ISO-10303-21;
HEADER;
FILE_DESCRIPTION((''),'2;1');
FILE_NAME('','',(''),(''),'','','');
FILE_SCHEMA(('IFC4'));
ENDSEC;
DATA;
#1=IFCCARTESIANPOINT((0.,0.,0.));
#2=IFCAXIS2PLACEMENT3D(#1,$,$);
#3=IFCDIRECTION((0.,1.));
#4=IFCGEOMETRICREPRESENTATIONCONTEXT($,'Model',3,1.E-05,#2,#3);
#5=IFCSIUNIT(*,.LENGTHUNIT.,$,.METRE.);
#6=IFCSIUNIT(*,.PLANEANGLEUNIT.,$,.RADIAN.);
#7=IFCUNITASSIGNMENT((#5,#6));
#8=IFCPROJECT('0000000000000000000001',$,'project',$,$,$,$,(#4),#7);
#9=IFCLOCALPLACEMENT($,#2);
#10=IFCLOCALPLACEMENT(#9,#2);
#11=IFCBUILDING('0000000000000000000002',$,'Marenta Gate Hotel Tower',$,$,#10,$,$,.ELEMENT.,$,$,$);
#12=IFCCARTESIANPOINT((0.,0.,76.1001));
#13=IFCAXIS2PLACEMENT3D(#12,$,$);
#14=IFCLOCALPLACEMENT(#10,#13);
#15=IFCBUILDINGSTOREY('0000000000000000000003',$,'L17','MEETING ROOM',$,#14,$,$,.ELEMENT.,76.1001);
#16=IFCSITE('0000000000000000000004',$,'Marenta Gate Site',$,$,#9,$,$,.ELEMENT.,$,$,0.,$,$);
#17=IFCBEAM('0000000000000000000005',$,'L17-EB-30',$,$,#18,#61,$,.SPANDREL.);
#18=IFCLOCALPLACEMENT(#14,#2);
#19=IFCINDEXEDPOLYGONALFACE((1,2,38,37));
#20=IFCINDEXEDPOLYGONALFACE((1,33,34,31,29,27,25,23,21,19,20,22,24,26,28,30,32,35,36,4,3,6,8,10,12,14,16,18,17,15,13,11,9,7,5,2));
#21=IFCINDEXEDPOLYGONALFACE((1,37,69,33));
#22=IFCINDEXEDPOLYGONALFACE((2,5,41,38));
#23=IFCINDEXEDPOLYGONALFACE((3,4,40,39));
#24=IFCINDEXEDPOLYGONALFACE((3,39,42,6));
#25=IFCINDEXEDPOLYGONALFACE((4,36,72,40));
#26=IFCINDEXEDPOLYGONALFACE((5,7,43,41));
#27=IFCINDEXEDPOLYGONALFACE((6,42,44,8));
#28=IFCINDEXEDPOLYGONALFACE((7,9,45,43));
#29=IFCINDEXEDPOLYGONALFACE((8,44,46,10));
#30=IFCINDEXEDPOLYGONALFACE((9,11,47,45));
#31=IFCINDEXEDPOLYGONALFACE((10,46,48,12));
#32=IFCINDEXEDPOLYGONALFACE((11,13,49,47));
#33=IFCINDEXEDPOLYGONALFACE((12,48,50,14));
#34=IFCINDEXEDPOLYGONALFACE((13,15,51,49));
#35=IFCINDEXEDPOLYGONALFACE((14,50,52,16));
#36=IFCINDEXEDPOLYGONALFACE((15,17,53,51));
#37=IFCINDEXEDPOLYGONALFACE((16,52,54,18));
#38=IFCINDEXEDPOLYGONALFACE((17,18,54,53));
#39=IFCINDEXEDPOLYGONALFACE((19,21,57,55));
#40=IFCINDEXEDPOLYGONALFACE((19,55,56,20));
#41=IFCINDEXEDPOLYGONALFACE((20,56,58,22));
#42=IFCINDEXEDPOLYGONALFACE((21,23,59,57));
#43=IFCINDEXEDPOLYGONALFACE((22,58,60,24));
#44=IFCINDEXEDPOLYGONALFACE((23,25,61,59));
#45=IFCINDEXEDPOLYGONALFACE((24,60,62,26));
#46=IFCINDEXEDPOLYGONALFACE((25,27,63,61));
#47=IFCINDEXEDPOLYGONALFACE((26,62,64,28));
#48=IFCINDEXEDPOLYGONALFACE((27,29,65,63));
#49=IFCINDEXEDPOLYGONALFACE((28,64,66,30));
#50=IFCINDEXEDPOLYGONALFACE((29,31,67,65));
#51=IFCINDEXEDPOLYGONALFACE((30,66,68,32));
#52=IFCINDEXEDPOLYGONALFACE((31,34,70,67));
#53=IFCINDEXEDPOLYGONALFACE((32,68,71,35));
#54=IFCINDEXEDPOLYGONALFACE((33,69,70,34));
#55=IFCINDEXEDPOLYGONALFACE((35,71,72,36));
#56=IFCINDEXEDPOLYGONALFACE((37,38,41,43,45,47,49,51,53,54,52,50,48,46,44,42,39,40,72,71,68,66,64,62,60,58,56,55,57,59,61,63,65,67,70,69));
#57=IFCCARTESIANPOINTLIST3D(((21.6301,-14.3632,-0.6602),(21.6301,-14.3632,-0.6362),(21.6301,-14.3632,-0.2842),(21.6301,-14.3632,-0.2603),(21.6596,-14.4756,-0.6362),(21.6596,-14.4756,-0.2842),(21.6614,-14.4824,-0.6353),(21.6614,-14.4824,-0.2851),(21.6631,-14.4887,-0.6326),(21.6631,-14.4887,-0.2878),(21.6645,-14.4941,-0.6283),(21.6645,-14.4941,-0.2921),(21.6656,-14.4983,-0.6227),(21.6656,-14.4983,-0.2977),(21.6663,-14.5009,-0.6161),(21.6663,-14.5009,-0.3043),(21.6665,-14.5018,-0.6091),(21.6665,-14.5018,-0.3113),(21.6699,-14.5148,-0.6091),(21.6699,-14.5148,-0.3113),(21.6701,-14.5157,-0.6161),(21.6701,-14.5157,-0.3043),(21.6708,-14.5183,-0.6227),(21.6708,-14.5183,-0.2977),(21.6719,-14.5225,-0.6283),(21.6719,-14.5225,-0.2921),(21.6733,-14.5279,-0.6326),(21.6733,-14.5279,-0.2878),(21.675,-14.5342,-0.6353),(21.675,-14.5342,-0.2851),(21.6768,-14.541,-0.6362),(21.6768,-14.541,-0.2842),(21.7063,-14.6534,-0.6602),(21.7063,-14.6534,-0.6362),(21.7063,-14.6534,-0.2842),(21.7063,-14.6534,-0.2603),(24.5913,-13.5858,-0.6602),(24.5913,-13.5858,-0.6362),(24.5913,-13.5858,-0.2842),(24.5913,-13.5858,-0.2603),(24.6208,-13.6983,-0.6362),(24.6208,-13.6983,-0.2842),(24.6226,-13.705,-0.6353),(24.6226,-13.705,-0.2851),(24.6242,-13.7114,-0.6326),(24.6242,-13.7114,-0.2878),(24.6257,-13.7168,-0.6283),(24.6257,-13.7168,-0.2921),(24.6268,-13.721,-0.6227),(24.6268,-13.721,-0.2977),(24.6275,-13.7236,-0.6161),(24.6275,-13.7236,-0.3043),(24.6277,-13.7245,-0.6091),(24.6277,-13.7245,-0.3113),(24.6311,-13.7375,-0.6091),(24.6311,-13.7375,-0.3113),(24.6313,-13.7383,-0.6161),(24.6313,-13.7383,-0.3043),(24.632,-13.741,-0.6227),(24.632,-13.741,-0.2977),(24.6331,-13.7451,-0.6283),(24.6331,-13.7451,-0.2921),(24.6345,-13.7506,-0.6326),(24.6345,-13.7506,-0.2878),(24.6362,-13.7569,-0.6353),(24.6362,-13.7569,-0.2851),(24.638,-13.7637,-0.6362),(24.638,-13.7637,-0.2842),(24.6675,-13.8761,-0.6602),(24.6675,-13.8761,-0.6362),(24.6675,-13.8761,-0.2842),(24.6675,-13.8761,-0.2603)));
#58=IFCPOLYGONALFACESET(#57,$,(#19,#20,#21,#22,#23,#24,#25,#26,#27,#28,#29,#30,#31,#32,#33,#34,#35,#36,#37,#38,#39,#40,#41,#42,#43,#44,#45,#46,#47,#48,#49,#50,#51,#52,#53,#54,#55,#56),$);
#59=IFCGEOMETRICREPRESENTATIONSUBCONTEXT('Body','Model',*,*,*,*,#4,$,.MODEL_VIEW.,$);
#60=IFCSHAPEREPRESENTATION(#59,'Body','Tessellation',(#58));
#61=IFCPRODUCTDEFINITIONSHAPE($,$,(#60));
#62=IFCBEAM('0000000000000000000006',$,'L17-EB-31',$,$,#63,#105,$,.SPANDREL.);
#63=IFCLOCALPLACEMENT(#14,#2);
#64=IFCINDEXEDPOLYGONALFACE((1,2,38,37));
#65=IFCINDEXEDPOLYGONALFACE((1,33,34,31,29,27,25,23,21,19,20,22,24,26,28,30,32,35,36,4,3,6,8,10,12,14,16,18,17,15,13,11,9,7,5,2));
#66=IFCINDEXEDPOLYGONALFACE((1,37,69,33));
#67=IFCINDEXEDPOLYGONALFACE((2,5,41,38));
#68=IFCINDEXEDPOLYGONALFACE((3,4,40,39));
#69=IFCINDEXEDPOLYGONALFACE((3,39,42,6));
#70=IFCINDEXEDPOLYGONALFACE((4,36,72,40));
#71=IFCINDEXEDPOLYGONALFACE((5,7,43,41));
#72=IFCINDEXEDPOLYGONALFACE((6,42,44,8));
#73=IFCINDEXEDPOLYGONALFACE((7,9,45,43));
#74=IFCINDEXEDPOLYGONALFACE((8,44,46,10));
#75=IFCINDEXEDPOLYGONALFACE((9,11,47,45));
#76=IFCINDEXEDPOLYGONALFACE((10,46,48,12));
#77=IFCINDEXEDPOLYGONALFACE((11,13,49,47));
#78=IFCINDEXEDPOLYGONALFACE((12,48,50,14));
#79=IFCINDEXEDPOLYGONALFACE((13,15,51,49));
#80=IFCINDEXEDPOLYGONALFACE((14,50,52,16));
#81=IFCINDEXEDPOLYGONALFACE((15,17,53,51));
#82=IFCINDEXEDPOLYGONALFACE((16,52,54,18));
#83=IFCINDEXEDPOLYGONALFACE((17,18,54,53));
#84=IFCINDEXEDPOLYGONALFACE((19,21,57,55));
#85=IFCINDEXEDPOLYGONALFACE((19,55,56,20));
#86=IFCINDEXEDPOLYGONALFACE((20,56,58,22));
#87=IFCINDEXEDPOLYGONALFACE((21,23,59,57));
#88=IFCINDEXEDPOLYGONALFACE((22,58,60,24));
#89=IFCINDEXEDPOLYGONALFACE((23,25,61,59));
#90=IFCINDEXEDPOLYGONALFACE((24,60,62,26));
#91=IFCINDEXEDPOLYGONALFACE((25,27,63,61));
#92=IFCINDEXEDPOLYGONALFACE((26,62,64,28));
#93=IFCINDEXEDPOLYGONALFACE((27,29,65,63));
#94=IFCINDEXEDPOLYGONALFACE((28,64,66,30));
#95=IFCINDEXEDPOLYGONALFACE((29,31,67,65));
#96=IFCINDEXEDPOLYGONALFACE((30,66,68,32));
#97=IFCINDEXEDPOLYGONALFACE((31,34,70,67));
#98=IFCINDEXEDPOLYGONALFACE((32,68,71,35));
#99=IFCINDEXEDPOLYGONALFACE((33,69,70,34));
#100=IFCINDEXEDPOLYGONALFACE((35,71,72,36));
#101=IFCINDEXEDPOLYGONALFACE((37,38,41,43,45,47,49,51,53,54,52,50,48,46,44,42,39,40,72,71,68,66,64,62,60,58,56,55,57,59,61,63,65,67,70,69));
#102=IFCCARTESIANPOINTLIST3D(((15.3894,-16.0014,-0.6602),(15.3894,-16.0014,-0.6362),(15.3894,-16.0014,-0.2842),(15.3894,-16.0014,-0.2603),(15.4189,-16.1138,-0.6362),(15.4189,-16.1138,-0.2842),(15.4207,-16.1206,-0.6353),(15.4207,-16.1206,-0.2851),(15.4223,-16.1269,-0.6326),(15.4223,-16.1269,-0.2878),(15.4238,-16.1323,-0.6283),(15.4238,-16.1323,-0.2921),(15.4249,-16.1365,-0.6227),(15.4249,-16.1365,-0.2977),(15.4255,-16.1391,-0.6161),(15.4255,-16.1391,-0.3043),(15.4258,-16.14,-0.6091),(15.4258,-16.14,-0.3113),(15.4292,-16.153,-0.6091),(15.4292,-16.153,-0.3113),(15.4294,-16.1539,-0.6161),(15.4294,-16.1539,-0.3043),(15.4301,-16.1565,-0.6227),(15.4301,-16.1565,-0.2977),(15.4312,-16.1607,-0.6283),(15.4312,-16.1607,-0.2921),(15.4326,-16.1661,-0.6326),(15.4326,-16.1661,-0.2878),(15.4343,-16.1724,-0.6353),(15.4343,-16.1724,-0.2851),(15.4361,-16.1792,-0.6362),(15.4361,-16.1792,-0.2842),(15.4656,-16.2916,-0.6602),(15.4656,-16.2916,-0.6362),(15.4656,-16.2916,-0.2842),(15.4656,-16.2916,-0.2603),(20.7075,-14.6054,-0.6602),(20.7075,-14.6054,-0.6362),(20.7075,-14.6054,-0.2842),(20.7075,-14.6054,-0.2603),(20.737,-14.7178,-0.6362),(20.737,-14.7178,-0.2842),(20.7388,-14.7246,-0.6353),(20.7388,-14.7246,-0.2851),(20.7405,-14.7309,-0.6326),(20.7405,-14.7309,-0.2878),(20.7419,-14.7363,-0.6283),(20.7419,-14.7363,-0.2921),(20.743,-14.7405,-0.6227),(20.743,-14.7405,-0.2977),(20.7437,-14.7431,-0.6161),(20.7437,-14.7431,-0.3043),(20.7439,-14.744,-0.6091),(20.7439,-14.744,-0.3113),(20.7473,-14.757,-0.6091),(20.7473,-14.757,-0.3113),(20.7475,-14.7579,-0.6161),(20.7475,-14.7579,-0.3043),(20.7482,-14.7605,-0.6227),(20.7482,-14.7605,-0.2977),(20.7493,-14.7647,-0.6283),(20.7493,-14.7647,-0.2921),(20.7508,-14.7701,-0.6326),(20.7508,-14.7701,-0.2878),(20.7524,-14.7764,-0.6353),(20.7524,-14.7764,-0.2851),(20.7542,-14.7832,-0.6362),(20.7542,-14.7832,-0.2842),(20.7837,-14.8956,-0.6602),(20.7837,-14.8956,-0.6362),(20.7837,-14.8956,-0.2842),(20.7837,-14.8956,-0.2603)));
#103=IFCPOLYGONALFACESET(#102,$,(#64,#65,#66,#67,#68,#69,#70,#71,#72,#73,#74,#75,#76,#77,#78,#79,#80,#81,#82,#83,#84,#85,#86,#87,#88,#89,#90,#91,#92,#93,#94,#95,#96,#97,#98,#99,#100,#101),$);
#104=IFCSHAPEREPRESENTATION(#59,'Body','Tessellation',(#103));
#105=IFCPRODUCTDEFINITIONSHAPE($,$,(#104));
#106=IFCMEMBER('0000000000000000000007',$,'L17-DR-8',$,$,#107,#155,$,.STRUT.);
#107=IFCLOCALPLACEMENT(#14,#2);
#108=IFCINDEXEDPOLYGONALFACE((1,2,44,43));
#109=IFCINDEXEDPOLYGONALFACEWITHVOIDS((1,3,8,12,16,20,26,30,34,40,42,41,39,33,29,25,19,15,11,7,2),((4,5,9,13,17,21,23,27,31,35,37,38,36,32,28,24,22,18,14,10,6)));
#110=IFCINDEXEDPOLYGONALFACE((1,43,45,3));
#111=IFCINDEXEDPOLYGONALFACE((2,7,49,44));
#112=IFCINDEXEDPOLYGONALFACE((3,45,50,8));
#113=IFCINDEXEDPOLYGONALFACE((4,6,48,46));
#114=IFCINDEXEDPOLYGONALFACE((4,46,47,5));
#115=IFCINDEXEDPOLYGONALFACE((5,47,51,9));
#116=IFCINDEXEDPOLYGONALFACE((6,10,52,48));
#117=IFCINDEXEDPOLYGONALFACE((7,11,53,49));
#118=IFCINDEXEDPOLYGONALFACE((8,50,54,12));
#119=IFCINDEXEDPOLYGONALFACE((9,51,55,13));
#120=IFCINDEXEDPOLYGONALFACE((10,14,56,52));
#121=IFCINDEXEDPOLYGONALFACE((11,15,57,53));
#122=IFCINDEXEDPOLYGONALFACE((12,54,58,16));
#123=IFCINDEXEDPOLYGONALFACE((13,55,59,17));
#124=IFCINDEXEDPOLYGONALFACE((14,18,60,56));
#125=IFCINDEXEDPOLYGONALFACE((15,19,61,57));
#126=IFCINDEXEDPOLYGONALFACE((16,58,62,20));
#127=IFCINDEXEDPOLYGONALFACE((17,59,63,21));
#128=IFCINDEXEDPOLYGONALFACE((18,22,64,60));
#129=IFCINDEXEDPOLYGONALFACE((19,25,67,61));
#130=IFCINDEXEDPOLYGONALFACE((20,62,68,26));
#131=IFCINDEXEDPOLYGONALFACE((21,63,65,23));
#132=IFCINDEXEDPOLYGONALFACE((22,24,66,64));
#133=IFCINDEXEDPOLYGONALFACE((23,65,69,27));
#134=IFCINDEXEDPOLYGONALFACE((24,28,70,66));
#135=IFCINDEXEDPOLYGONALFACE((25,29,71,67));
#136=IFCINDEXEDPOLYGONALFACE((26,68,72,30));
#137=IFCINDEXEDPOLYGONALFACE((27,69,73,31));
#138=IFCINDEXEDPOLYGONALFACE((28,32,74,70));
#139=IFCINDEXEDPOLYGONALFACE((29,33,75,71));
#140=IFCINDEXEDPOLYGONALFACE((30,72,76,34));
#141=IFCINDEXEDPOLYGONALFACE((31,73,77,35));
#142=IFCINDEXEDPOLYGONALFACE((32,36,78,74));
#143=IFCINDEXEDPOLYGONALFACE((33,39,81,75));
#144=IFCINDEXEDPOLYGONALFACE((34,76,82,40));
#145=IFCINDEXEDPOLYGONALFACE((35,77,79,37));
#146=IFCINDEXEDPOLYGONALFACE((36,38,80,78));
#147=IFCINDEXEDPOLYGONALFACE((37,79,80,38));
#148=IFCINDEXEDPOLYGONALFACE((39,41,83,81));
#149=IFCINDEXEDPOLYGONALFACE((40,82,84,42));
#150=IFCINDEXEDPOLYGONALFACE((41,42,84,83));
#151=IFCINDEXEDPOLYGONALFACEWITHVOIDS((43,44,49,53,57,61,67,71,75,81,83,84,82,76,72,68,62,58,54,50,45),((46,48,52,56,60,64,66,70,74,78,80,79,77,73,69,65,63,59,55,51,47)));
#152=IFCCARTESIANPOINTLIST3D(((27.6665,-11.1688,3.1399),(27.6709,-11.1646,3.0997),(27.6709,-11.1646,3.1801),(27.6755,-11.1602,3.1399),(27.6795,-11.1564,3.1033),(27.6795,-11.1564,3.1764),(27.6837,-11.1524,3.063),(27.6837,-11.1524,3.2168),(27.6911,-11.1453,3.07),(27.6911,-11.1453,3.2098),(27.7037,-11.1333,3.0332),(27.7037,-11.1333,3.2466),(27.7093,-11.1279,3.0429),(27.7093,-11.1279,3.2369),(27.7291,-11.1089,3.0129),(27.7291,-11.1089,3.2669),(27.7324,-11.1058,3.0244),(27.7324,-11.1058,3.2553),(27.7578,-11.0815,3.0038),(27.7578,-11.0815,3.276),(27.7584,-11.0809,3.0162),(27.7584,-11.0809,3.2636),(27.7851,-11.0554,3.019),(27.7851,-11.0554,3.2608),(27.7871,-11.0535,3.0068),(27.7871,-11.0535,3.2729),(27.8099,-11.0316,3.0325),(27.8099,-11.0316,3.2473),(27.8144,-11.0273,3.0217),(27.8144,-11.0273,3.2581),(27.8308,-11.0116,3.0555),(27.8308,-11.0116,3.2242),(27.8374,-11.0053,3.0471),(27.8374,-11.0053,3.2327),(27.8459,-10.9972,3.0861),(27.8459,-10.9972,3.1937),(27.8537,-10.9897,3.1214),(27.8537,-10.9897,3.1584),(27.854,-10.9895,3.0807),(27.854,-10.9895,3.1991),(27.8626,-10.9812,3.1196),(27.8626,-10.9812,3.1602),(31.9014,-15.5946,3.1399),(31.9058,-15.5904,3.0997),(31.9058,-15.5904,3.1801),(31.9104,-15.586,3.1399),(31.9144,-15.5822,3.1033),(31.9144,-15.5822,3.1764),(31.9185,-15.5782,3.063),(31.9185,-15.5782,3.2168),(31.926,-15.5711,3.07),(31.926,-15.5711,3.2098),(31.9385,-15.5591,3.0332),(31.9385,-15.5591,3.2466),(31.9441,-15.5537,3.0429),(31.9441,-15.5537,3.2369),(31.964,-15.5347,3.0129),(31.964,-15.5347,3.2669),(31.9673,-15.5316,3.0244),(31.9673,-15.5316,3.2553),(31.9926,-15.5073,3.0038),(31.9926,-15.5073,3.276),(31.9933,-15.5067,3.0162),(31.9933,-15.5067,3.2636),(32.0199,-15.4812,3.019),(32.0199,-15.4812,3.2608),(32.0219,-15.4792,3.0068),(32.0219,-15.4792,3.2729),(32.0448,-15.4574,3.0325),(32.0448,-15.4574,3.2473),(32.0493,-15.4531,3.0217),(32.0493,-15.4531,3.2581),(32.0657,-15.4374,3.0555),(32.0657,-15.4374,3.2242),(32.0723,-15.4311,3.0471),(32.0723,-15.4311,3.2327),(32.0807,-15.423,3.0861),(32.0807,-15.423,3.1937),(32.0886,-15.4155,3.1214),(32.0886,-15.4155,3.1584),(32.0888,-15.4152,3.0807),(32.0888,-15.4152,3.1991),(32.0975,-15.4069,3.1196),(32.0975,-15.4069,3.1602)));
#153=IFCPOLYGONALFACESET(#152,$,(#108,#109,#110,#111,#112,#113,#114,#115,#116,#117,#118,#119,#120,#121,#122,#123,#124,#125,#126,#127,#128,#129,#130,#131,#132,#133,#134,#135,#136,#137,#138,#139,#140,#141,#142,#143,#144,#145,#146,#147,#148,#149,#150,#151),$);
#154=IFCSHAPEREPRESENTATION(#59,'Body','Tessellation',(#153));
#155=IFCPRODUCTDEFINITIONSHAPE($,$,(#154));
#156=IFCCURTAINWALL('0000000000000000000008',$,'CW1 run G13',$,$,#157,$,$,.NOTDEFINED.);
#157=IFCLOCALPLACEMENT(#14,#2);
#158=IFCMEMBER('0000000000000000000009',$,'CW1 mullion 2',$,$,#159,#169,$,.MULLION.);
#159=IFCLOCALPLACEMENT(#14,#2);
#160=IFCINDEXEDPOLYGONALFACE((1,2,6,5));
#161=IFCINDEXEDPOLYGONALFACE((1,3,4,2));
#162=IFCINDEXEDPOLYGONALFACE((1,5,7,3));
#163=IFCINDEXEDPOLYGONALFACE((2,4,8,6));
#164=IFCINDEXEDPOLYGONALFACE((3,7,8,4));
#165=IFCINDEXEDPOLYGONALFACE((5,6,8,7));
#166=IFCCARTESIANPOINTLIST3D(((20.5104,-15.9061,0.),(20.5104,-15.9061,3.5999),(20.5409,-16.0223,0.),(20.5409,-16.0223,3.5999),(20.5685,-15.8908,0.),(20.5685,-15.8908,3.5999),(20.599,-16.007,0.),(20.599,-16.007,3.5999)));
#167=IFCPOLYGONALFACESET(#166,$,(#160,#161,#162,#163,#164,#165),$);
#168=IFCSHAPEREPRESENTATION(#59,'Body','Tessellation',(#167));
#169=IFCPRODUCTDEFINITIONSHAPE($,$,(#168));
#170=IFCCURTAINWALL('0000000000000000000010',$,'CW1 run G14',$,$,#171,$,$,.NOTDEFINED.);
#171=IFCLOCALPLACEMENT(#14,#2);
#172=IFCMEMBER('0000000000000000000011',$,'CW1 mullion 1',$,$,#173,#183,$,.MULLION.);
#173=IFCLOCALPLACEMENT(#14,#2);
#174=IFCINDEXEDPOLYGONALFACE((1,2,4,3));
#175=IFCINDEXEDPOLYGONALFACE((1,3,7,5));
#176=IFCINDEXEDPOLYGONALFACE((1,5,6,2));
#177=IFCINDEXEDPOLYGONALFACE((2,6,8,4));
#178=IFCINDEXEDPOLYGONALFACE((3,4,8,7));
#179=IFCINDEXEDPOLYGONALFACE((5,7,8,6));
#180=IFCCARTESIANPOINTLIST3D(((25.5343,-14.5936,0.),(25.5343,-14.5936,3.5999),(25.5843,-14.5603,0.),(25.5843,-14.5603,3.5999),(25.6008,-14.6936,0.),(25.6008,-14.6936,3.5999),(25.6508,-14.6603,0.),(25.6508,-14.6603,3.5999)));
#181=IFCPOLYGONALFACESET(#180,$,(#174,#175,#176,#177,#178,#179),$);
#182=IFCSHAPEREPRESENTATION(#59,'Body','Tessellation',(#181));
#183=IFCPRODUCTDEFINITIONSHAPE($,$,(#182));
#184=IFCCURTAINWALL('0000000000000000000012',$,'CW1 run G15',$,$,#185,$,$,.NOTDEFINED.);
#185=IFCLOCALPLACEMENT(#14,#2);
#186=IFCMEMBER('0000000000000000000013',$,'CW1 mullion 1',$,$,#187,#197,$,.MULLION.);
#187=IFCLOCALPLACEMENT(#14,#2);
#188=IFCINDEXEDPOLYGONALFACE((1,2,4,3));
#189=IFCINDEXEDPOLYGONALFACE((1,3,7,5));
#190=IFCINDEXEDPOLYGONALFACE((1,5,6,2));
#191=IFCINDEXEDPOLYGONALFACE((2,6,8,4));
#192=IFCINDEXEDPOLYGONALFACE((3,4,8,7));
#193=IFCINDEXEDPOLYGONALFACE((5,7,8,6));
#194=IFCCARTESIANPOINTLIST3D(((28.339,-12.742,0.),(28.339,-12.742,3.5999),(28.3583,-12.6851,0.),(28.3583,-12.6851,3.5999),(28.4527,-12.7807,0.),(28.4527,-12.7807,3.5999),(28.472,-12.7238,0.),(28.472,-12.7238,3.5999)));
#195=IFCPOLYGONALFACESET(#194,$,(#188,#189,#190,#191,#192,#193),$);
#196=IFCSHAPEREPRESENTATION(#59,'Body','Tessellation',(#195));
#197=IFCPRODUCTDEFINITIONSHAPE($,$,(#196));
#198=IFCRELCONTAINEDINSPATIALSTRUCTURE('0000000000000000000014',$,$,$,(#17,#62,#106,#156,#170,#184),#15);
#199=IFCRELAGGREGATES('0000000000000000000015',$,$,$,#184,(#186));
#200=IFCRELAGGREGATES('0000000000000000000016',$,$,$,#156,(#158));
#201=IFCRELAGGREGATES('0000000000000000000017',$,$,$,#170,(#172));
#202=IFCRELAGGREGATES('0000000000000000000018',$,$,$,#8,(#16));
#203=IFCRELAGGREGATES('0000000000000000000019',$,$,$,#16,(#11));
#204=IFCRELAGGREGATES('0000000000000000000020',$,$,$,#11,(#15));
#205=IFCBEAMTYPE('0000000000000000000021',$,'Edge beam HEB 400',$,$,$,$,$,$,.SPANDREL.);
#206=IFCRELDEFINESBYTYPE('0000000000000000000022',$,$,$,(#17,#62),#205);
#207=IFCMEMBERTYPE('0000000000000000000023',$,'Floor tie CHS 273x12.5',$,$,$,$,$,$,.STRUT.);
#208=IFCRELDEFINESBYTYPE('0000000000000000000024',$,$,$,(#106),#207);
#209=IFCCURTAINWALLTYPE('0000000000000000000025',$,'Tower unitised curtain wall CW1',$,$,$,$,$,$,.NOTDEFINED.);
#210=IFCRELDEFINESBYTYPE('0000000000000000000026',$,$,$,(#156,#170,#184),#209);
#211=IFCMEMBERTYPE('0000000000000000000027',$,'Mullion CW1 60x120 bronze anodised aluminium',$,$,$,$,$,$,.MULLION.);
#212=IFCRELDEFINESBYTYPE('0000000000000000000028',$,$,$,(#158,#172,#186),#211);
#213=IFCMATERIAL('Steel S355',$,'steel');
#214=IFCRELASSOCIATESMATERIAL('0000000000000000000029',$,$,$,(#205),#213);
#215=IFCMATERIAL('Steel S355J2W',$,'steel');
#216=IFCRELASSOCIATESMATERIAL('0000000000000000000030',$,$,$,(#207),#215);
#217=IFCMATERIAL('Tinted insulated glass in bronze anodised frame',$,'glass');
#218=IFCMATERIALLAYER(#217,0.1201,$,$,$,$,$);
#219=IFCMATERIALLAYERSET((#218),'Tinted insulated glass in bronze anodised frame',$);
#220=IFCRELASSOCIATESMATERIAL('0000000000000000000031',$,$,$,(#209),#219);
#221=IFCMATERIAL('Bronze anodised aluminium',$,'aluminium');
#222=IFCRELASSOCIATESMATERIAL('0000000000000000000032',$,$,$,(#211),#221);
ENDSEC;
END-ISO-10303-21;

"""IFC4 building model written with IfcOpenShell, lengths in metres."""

from ifc_helpers import new_model, si_unit, direction, frame, origin, origin_2d, place, context, subcontext, project, spatial, rectangle, hollow_circle, i_section, extrude, material, layer, layer_set, material_profile, profile_set, type_object, element, aggregate, save


model = new_model("IFC4")

# Units and contexts
model_context = context("Model", 3, precision=1e-05, world=origin(), true_north=direction((0.0, 1.0)))
body_context = subcontext(model_context, "Body", "Model", "MODEL_VIEW")
ifc_project = project(units=[si_unit("LENGTHUNIT", "METRE"), si_unit("PLANEANGLEUNIT", "RADIAN")], contexts=[model_context])

# Site, building, storey
site_placement = place(None, origin())
site = spatial("IfcSite", under=ifc_project, at=site_placement, Name="Marenta Gate Site", CompositionType="ELEMENT", RefElevation=0.0)
building_placement = place(site_placement, origin())
building = spatial("IfcBuilding", under=site, at=building_placement, Name="Marenta Gate Hotel Tower", CompositionType="ELEMENT")
storey_placement = place(building_placement, frame((0.0, 0.0, 76.1001)))
storey = spatial("IfcBuildingStorey", under=building, at=storey_placement, Name="L17", Description="MEETING ROOM", CompositionType="ELEMENT", Elevation=76.1001)

# Beams
ifc_material_1 = material(Name="Steel S355", Category="steel")
ifc_material_profile_1 = material_profile(ifc_material_1, i_section(OverallWidth=0.3, OverallDepth=0.3999, WebThickness=0.0134, FlangeThickness=0.0239, FilletRadius=0.0271, at=origin_2d()), Name="HEB 400")
ifc_profile_set_1 = profile_set([ifc_material_profile_1], Name="Steel S355")
beam_type = type_object("IfcBeamType", Name="Edge beam HEB 400", PredefinedType="SPANDREL", material=ifc_profile_set_1)
beam_1_placement = place(storey_placement, frame((24.6294, -13.731, -0.4602), z_axis=(-0.967228, -0.253908, 0.0), x_axis=(0.253908, -0.967228, 0.0)))
element("IfcBeam", 1, at=beam_1_placement, inside=storey, type_object=beam_type, Name="L17-EB-30", PredefinedType="SPANDREL", context=body_context, shape_type="SweptSolid", body=[
    extrude(i_section(OverallWidth=0.3, OverallDepth=0.3999, WebThickness=0.0134, FlangeThickness=0.0239, FilletRadius=0.0271, at=origin_2d()), origin(), (0.0, 0.0, 1.0), 3.0615),
])
beam_2_placement = place(storey_placement, frame((20.7456, -14.7505, -0.4602), z_axis=(-0.967231, -0.253897, 0.0), x_axis=(0.253897, -0.967231, 0.0)))
element("IfcBeam", 2, at=beam_2_placement, inside=storey, type_object=beam_type, Name="L17-EB-31", PredefinedType="SPANDREL", context=body_context, shape_type="SweptSolid", body=[
    extrude(i_section(OverallWidth=0.3, OverallDepth=0.3999, WebThickness=0.0134, FlangeThickness=0.0239, FilletRadius=0.0271, at=origin_2d()), origin(), (0.0, 0.0, 1.0), 5.4983),
])

# Member
ifc_material_2 = material(Name="Steel S355J2W", Category="steel")
ifc_material_profile_2 = material_profile(ifc_material_2, hollow_circle(Radius=0.1365, WallThickness=0.0125, at=origin_2d()), Name="CHS 273x12.5")
ifc_profile_set_2 = profile_set([ifc_material_profile_2], Name="Steel S355J2W")
member_type_1 = type_object("IfcMemberType", Name="Floor tie CHS 273x12.5", PredefinedType="STRUT", material=ifc_profile_set_2)
member_1_placement = place(storey_placement, frame((32.0, -15.5002, 3.1399), z_axis=(-0.691351, 0.722519, 0.0), x_axis=(-0.722519, -0.691351, 0.0)))
element("IfcMember", 3, at=member_1_placement, inside=storey, type_object=member_type_1, Name="L17-DR-8", PredefinedType="STRUT", context=body_context, shape_type="SweptSolid", body=[
    extrude(hollow_circle(Radius=0.1365, WallThickness=0.0125, at=origin_2d()), origin(), (0.0, 0.0, 1.0), 6.1255),
])

# Curtain walls, members
ifc_material_3 = material(Name="Tinted insulated glass in bronze anodised frame", Category="glass")
ifc_layer_1 = layer(ifc_material_3, 0.1201)
ifc_layer_set_1 = layer_set([ifc_layer_1], Name="Tinted insulated glass in bronze anodised frame")
curtain_wall_type = type_object("IfcCurtainWallType", Name="Tower unitised curtain wall CW1", PredefinedType="NOTDEFINED", material=ifc_layer_set_1)
curtain_wall_1_placement = place(storey_placement, origin())
curtain_wall_1 = element("IfcCurtainWall", 4, at=curtain_wall_1_placement, inside=storey, type_object=curtain_wall_type, Name="CW1 run G13", PredefinedType="NOTDEFINED")
ifc_material_4 = material(Name="Bronze anodised aluminium", Category="aluminium")
ifc_material_profile_3 = material_profile(ifc_material_4, rectangle(XDim=0.1201, YDim=0.0601, at=origin_2d()), Name="Mullion CW1 60x120 bronze anodised aluminium")
ifc_profile_set_3 = profile_set([ifc_material_profile_3], Name="Bronze anodised aluminium")
member_type_2 = type_object("IfcMemberType", Name="Mullion CW1 60x120 bronze anodised aluminium", PredefinedType="MULLION", material=ifc_profile_set_3)
member_2_placement = place(storey_placement, frame((20.5547, -15.9565, 0.0), z_axis=(0.0, 0.0, 1.0), x_axis=(-0.253364, 0.967371, 0.0)))
member_2 = element("IfcMember", 5, at=member_2_placement, type_object=member_type_2, Name="CW1 mullion 2", PredefinedType="MULLION", context=body_context, shape_type="SweptSolid", body=[
    extrude(rectangle(XDim=0.1201, YDim=0.0601, at=origin_2d()), origin(), (0.0, 0.0, 1.0), 3.5999),
])
curtain_wall_2_placement = place(storey_placement, origin())
curtain_wall_2 = element("IfcCurtainWall", 6, at=curtain_wall_2_placement, inside=storey, type_object=curtain_wall_type, Name="CW1 run G14", PredefinedType="NOTDEFINED")
member_3_placement = place(storey_placement, frame((25.5925, -14.627, 0.0), z_axis=(0.0, 0.0, 1.0), x_axis=(-0.554034, 0.832494, 0.0)))
member_3 = element("IfcMember", 7, at=member_3_placement, type_object=member_type_2, Name="CW1 mullion 1", PredefinedType="MULLION", context=body_context, shape_type="SweptSolid", body=[
    extrude(rectangle(XDim=0.1201, YDim=0.0601, at=origin_2d()), origin(), (0.0, 0.0, 1.0), 3.5999),
])
curtain_wall_3_placement = place(storey_placement, origin())
curtain_wall_3 = element("IfcCurtainWall", 8, at=curtain_wall_3_placement, inside=storey, type_object=curtain_wall_type, Name="CW1 run G15", PredefinedType="NOTDEFINED")
member_4_placement = place(storey_placement, frame((28.4055, -12.7329, 0.0), z_axis=(0.0, 0.0, 1.0), x_axis=(-0.946722, 0.322051, 0.0)))
member_4 = element("IfcMember", 9, at=member_4_placement, type_object=member_type_2, Name="CW1 mullion 1", PredefinedType="MULLION", context=body_context, shape_type="SweptSolid", body=[
    extrude(rectangle(XDim=0.1201, YDim=0.0601, at=origin_2d()), origin(), (0.0, 0.0, 1.0), 3.5999),
])
aggregate(curtain_wall_3, [member_4])

aggregate(curtain_wall_1, [member_2])
aggregate(curtain_wall_2, [member_3])

save(model, "model.ifc")
